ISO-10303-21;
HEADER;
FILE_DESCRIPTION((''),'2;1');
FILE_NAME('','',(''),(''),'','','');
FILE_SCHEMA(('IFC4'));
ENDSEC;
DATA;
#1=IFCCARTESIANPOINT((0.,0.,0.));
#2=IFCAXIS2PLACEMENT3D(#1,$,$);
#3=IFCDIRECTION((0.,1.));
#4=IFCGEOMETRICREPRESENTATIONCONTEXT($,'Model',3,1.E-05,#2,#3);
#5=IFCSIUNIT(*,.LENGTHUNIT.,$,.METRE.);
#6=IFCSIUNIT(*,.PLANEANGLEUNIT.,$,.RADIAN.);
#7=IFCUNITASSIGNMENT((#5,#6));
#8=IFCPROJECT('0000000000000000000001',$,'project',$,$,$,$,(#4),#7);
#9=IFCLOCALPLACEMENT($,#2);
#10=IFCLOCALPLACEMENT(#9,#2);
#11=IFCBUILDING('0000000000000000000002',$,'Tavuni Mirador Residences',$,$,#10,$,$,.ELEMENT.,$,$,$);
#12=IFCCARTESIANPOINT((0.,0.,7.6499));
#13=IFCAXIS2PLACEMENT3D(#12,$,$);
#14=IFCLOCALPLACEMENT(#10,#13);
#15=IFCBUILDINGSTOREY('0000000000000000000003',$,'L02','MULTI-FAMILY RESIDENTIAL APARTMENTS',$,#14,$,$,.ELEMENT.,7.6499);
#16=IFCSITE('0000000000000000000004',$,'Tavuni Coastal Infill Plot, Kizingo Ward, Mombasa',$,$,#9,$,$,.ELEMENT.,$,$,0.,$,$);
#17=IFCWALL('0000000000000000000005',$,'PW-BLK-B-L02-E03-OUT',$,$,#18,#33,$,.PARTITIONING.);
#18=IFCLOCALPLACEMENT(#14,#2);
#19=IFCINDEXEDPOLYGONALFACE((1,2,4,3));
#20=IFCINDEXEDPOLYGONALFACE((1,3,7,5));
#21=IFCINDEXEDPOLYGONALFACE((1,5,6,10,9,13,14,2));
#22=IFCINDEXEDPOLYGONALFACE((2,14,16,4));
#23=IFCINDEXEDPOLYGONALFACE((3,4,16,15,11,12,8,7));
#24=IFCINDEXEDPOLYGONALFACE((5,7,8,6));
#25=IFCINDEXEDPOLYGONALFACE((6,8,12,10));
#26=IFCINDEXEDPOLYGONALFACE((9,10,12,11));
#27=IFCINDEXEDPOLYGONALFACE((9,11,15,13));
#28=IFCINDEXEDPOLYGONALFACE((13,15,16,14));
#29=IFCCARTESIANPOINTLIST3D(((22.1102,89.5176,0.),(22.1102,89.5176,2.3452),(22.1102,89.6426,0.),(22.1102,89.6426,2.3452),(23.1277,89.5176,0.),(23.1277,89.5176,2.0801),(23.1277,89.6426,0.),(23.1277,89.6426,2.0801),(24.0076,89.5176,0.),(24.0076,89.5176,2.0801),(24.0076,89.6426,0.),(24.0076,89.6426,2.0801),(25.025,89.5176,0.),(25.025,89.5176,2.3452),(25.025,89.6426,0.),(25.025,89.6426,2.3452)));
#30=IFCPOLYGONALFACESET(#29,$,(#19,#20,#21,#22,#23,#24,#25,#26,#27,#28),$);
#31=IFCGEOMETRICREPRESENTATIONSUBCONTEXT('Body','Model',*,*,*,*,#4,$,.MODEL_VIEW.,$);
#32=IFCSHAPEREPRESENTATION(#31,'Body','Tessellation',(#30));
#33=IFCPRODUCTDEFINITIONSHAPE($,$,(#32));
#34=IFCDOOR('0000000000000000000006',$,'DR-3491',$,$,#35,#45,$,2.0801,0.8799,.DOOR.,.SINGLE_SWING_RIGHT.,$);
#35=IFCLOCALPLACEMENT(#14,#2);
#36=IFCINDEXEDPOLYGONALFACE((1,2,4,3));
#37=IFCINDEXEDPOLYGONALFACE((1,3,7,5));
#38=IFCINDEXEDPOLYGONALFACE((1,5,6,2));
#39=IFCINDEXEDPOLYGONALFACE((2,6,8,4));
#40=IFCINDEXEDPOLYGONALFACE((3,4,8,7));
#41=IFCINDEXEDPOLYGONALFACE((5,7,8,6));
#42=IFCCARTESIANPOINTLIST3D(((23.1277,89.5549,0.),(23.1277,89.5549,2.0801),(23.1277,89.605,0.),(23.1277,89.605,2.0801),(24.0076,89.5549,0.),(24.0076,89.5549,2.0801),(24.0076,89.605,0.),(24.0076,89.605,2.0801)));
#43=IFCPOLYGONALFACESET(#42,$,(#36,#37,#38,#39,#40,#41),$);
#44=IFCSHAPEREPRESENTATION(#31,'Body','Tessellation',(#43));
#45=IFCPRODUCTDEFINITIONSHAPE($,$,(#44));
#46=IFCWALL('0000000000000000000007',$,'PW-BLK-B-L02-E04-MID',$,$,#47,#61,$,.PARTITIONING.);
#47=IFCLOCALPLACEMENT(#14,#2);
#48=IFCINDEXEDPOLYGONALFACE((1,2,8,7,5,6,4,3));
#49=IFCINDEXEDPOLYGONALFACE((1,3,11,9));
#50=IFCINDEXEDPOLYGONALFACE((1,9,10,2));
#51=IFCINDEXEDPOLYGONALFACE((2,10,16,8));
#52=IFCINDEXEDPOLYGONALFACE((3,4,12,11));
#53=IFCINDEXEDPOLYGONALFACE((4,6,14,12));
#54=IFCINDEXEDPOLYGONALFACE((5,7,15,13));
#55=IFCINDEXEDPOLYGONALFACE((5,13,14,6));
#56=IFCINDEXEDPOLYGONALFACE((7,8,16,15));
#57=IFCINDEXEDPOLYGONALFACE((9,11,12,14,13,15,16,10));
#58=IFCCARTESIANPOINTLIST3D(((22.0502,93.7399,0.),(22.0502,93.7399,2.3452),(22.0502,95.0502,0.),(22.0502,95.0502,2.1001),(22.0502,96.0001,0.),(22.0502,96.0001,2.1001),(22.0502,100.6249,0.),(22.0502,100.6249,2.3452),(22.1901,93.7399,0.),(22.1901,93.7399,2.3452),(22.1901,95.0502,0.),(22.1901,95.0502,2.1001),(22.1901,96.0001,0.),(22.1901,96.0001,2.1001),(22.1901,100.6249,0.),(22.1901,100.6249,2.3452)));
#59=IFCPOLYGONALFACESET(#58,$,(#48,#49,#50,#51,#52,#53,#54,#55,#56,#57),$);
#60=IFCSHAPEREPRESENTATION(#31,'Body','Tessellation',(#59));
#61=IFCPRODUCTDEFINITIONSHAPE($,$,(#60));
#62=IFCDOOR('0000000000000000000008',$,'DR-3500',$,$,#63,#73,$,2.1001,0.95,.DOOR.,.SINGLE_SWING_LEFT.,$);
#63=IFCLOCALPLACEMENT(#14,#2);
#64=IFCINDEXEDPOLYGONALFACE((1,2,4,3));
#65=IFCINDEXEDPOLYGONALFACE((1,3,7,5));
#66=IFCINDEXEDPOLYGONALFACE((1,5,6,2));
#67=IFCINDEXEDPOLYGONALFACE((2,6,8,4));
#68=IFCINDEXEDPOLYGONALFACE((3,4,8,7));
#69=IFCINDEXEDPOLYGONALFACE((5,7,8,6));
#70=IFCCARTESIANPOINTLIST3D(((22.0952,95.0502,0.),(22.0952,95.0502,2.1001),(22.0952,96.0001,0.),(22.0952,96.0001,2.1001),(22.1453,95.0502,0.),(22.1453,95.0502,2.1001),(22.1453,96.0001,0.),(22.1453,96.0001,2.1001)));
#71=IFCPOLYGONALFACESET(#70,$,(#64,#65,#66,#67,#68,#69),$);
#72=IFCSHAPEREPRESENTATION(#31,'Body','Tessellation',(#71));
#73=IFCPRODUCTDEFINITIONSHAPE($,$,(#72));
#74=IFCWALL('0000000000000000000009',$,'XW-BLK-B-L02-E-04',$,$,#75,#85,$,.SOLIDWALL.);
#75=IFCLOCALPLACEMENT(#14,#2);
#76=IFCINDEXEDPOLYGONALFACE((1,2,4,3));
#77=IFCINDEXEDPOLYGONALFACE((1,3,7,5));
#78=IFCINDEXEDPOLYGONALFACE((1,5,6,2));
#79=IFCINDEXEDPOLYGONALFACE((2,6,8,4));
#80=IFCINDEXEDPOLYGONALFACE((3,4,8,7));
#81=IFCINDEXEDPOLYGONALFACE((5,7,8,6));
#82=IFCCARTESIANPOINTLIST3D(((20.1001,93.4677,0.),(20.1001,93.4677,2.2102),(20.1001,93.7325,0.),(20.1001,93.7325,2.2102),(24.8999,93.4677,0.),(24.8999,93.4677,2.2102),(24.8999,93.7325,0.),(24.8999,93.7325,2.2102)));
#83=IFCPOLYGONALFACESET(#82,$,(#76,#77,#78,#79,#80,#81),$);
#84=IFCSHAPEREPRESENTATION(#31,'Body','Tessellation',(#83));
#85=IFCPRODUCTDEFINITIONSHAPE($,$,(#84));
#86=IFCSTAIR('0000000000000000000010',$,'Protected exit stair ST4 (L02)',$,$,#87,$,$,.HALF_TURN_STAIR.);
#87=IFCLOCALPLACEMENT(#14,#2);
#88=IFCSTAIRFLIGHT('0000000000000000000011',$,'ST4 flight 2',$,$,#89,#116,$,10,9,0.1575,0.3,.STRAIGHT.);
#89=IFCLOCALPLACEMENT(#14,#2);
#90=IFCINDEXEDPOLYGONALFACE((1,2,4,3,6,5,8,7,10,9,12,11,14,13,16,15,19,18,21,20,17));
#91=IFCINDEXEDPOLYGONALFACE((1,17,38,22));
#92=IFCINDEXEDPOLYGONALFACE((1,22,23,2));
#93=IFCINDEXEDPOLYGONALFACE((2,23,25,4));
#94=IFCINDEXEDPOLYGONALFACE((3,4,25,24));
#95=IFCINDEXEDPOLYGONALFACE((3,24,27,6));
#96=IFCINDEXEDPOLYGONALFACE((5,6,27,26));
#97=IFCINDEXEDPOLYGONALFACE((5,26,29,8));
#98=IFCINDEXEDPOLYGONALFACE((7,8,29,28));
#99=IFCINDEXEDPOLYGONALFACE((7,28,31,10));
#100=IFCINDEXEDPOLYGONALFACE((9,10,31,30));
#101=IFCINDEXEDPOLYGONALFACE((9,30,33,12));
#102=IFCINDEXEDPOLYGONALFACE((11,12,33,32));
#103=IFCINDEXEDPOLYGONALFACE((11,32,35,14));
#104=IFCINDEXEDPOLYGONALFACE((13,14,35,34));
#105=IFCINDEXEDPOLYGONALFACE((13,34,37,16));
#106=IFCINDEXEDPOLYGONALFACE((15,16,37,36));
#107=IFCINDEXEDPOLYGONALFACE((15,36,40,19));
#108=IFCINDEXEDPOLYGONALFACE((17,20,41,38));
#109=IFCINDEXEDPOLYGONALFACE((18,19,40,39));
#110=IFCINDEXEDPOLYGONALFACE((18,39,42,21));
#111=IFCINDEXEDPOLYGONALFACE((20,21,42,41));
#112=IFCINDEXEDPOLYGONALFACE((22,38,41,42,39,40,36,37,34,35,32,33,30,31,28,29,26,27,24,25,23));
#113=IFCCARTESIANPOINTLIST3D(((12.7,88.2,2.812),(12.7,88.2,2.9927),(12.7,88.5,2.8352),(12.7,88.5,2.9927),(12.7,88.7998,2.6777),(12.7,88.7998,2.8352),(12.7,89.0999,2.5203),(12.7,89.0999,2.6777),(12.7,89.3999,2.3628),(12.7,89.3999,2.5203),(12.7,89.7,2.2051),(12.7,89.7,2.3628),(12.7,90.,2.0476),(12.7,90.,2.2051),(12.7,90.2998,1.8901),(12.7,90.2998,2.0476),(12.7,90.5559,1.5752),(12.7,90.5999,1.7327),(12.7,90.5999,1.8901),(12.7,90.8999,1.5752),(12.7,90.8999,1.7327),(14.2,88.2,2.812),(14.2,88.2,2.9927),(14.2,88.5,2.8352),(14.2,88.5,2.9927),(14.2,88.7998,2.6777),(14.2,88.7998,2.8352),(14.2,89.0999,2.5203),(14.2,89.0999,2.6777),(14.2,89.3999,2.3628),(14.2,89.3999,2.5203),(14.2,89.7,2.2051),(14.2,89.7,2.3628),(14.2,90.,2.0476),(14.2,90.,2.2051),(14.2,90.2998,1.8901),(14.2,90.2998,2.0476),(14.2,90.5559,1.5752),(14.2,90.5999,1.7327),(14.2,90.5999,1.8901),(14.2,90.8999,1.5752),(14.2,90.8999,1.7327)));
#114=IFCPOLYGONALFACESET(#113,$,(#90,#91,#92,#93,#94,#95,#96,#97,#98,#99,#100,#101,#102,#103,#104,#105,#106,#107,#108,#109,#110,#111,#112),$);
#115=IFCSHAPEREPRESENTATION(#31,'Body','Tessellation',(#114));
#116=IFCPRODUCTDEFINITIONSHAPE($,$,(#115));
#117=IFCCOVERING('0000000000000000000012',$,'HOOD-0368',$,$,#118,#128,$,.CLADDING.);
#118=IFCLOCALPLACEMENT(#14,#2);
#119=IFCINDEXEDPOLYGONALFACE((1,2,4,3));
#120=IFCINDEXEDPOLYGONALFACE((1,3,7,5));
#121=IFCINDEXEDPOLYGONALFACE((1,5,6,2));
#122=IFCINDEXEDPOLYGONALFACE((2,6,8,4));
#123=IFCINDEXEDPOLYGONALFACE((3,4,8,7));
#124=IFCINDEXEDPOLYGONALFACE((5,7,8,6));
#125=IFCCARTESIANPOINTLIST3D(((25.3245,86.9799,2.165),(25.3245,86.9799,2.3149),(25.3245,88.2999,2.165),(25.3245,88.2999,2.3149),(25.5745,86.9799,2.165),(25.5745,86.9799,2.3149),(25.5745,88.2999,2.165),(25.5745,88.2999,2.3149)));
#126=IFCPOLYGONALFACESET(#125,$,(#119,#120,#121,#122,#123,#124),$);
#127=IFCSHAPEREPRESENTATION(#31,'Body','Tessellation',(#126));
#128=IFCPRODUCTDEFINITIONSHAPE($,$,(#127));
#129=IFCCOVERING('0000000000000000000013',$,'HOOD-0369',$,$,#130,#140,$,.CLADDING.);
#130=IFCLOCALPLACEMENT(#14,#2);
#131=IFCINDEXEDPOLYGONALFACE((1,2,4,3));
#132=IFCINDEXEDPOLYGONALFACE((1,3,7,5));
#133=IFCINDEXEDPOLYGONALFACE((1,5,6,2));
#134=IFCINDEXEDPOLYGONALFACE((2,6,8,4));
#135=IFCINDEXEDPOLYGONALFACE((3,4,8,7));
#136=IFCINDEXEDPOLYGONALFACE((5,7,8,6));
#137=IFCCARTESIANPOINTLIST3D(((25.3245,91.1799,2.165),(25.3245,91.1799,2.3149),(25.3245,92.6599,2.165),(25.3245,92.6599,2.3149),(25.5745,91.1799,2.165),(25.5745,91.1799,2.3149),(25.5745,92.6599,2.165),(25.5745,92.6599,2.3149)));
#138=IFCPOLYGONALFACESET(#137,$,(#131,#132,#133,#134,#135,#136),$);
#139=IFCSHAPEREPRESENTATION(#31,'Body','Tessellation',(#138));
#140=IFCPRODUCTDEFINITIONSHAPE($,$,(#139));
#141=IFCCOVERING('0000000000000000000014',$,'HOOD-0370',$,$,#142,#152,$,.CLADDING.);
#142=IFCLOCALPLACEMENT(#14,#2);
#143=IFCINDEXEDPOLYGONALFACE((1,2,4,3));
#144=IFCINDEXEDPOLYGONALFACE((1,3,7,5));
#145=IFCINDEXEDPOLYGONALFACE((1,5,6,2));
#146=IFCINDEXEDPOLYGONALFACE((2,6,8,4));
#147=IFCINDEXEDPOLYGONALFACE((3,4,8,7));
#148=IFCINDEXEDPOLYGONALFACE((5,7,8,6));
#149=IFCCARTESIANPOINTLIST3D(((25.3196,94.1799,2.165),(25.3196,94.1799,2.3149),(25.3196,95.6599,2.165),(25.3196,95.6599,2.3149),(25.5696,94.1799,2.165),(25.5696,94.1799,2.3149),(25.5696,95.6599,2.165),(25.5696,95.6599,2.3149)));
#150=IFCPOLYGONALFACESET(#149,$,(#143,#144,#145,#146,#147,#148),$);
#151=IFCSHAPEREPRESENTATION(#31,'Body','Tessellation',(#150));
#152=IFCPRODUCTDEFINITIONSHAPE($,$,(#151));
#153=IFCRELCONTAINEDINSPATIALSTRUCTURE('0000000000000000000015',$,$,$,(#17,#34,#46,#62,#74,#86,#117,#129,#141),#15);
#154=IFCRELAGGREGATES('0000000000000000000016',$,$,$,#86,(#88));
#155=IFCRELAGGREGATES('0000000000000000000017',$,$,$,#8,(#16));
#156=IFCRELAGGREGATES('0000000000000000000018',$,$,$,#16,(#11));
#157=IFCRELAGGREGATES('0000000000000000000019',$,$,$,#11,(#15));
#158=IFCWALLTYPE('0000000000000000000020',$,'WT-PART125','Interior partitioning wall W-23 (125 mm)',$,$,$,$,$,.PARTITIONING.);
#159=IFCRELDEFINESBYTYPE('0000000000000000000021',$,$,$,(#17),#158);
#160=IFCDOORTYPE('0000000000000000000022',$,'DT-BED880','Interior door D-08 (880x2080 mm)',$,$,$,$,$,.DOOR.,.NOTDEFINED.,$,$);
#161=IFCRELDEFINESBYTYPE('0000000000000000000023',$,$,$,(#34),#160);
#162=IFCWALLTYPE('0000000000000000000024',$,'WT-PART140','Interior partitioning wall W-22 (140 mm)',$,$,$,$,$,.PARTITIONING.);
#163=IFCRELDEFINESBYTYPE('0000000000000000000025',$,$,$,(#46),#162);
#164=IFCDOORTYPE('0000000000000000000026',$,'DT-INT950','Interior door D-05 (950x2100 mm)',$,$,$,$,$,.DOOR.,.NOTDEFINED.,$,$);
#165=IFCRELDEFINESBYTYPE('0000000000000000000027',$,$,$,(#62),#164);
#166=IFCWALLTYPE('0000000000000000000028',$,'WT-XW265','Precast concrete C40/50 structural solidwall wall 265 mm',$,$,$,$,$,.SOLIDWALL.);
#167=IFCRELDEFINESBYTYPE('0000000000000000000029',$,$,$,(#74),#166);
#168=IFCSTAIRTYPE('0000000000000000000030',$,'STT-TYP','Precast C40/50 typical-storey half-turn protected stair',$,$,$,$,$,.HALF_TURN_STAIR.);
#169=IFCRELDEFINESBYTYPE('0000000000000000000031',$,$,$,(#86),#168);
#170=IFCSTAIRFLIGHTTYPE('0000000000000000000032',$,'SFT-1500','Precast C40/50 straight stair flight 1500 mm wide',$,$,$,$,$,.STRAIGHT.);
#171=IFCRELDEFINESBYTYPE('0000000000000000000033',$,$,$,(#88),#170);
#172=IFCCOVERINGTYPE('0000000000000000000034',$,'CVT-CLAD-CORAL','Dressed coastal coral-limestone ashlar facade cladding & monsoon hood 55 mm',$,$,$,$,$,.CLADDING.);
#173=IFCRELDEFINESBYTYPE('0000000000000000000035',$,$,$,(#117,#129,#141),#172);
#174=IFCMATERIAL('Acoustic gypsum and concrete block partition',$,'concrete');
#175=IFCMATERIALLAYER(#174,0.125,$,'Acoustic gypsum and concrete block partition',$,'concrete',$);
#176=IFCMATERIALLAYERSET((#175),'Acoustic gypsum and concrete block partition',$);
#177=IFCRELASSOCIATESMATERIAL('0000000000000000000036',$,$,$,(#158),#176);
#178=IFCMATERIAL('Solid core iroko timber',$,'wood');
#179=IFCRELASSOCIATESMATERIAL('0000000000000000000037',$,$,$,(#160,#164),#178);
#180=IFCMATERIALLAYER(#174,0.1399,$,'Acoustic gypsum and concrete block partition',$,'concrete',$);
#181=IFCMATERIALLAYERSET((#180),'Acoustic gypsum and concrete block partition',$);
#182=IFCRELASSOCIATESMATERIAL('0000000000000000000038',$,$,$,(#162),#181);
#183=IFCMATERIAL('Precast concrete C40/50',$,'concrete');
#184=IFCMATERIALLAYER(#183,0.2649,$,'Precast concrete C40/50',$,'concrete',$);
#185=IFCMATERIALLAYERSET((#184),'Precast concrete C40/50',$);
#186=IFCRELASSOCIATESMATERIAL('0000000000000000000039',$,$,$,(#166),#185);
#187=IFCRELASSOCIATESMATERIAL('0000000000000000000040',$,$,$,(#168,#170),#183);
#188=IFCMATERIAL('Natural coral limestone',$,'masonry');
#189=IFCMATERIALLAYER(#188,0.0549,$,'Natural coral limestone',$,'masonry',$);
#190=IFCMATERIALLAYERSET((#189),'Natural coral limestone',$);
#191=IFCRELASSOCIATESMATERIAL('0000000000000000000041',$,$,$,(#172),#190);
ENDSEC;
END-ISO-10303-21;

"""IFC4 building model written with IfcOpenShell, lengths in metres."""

from ifc_helpers import new_model, si_unit, direction, frame, frame_2d, origin, origin_2d, place, context, subcontext, project, spatial, polyline, rectangle, outline, extrude, material, layer, layer_set, type_object, element, fill, aggregate, save


model = new_model("IFC4")

# Units and contexts
model_context = context("Model", 3, precision=1e-05, world=origin(), true_north=direction((0.0, 1.0)))
body_context = subcontext(model_context, "Body", "Model", "MODEL_VIEW")
ifc_project = project(units=[si_unit("LENGTHUNIT", "METRE"), si_unit("PLANEANGLEUNIT", "RADIAN")], contexts=[model_context])

# Site, building, storey
site_placement = place(None, origin())
site = spatial("IfcSite", under=ifc_project, at=site_placement, Name="Tavuni Coastal Infill Plot, Kizingo Ward, Mombasa", CompositionType="ELEMENT", RefElevation=0.0)
building_placement = place(site_placement, origin())
building = spatial("IfcBuilding", under=site, at=building_placement, Name="Tavuni Mirador Residences", CompositionType="ELEMENT")
storey_placement = place(building_placement, frame((0.0, 0.0, 7.6499)))
storey = spatial("IfcBuildingStorey", under=building, at=storey_placement, Name="L02", Description="MULTI-FAMILY RESIDENTIAL APARTMENTS", CompositionType="ELEMENT", Elevation=7.6499)

# Shared definitions
ifc_material_1 = material(Name="Precast concrete C40/50", Category="concrete")

# Shared definitions
ifc_material_2 = material(Name="Solid core iroko timber", Category="wood")

# Walls, openings, doors
ifc_material_3 = material(Name="Acoustic gypsum and concrete block partition", Category="concrete")
ifc_layer_1 = layer(ifc_material_3, 0.125, Name="Acoustic gypsum and concrete block partition", Category="concrete")
ifc_layer_set_1 = layer_set([ifc_layer_1], Name="Acoustic gypsum and concrete block partition")
wall_type_1 = type_object("IfcWallType", Name="WT-PART125", Description="Interior partitioning wall W-23 (125 mm)", PredefinedType="PARTITIONING", material=ifc_layer_set_1)
wall_1_placement = place(storey_placement, frame((22.1101, 89.5801, 0.0), z_axis=(0.0, 0.0, 1.0), x_axis=(1.0, 0.0, 0.0)))
wall_1 = element("IfcWall", 1, at=wall_1_placement, inside=storey, type_object=wall_type_1, Name="PW-BLK-B-L02-E03-OUT", PredefinedType="PARTITIONING", context=body_context, shape_type="SweptSolid", body=[
    extrude(rectangle(XDim=2.9148, YDim=0.125, at=frame_2d((1.4575, 0.0))), origin(), (0.0, 0.0, 1.0), 2.3452),
])
opening_1_placement = place(wall_1_placement, frame((1.0176, 0.0, 0.0)))
opening_1 = element("IfcOpeningElement", 2, at=opening_1_placement, cuts=wall_1, PredefinedType="OPENING", context=body_context, shape_type="SweptSolid", body=[
    extrude(rectangle(XDim=0.8799, YDim=2.0801, at=frame_2d((0.4399, 1.04))), frame((0.0, 0.0725, 0.0), z_axis=(0.0, -1.0, 0.0), x_axis=(1.0, 0.0, 0.0)), (0.0, 0.0, 1.0), 0.145),
])
door_type_1 = type_object("IfcDoorType", Name="DT-BED880", Description="Interior door D-08 (880x2080 mm)", OperationType="NOTDEFINED", PredefinedType="DOOR", material=ifc_material_2)
door_1_placement = place(opening_1_placement, origin())
door_1 = element("IfcDoor", 3, at=door_1_placement, inside=storey, type_object=door_type_1, Name="DR-3491", OperationType="SINGLE_SWING_RIGHT", OverallHeight=2.0801, OverallWidth=0.8799, PredefinedType="DOOR", context=body_context, shape_type="SweptSolid", body=[
    extrude(rectangle(XDim=0.8799, YDim=2.0801, at=frame_2d((0.4399, 1.04))), frame((0.0, 0.0249, 0.0), z_axis=(0.0, -1.0, 0.0), x_axis=(1.0, 0.0, 0.0)), (0.0, 0.0, 1.0), 0.05),
])
fill(opening_1, door_1)
ifc_layer_2 = layer(ifc_material_3, 0.1399, Name="Acoustic gypsum and concrete block partition", Category="concrete")
ifc_layer_set_2 = layer_set([ifc_layer_2], Name="Acoustic gypsum and concrete block partition")
wall_type_2 = type_object("IfcWallType", Name="WT-PART140", Description="Interior partitioning wall W-22 (140 mm)", PredefinedType="PARTITIONING", material=ifc_layer_set_2)
wall_2_placement = place(storey_placement, frame((22.1201, 93.74, 0.0), z_axis=(0.0, 0.0, 1.0), x_axis=(0.0, 1.0, 0.0)))
wall_2 = element("IfcWall", 4, at=wall_2_placement, inside=storey, type_object=wall_type_2, Name="PW-BLK-B-L02-E04-MID", PredefinedType="PARTITIONING", context=body_context, shape_type="SweptSolid", body=[
    extrude(rectangle(XDim=6.885, YDim=0.1399, at=frame_2d((3.4424, 0.0))), origin(), (0.0, 0.0, 1.0), 2.3452),
])
opening_2_placement = place(wall_2_placement, frame((1.3101, 0.0, 0.0)))
opening_2 = element("IfcOpeningElement", 5, at=opening_2_placement, cuts=wall_2, PredefinedType="OPENING", context=body_context, shape_type="SweptSolid", body=[
    extrude(rectangle(XDim=0.95, YDim=2.1001, at=frame_2d((0.4751, 1.05))), frame((0.0, 0.0801, 0.0), z_axis=(0.0, -1.0, 0.0), x_axis=(1.0, 0.0, 0.0)), (0.0, 0.0, 1.0), 0.1599),
])
door_type_2 = type_object("IfcDoorType", Name="DT-INT950", Description="Interior door D-05 (950x2100 mm)", OperationType="NOTDEFINED", PredefinedType="DOOR", material=ifc_material_2)
door_2_placement = place(opening_2_placement, origin())
door_2 = element("IfcDoor", 6, at=door_2_placement, inside=storey, type_object=door_type_2, Name="DR-3500", OperationType="SINGLE_SWING_LEFT", OverallHeight=2.1001, OverallWidth=0.95, PredefinedType="DOOR", context=body_context, shape_type="SweptSolid", body=[
    extrude(rectangle(XDim=0.95, YDim=2.1001, at=frame_2d((0.4751, 1.05))), frame((0.0, 0.0249, 0.0), z_axis=(0.0, -1.0, 0.0), x_axis=(1.0, 0.0, 0.0)), (0.0, 0.0, 1.0), 0.05),
])
fill(opening_2, door_2)

# Wall
ifc_layer_3 = layer(ifc_material_1, 0.2649, Name="Precast concrete C40/50", Category="concrete")
ifc_layer_set_3 = layer_set([ifc_layer_3], Name="Precast concrete C40/50")
wall_type_3 = type_object("IfcWallType", Name="WT-XW265", Description="Precast concrete C40/50 structural solidwall wall 265 mm", PredefinedType="SOLIDWALL", material=ifc_layer_set_3)
wall_3_placement = place(storey_placement, frame((20.1001, 93.6001, 0.0), z_axis=(0.0, 0.0, 1.0), x_axis=(1.0, 0.0, 0.0)))
element("IfcWall", 7, at=wall_3_placement, inside=storey, type_object=wall_type_3, Name="XW-BLK-B-L02-E-04", PredefinedType="SOLIDWALL", context=body_context, shape_type="SweptSolid", body=[
    extrude(rectangle(XDim=4.7998, YDim=0.2649, at=frame_2d((2.3999, 0.0))), origin(), (0.0, 0.0, 1.0), 2.2102),
])

# Stair, stair flight
stair_type = type_object("IfcStairType", Name="STT-TYP", Description="Precast C40/50 typical-storey half-turn protected stair", PredefinedType="HALF_TURN_STAIR", material=ifc_material_1)
stair_placement = place(storey_placement, origin())
stair = element("IfcStair", 8, at=stair_placement, inside=storey, type_object=stair_type, Name="Protected exit stair ST4 (L02)", PredefinedType="HALF_TURN_STAIR")
stair_flight_type = type_object("IfcStairFlightType", Name="SFT-1500", Description="Precast C40/50 straight stair flight 1500 mm wide", PredefinedType="STRAIGHT", material=ifc_material_1)
stair_flight_placement = place(storey_placement, frame((13.45, 90.8999, 1.5752), z_axis=(0.0, 0.0, 1.0), x_axis=(0.0, -1.0, 0.0)))
stair_flight = element("IfcStairFlight", 9, at=stair_flight_placement, type_object=stair_flight_type, Name="ST4 flight 2", NumberOfRisers=10, NumberOfTreads=9, PredefinedType="STRAIGHT", RiserHeight=0.1575, TreadLength=0.3, context=body_context, shape_type="SweptSolid", body=[
    extrude(outline(polyline([(0.0, 0.0), (0.0, 0.1575), (0.3, 0.1575), (0.3, 0.3149), (0.6001, 0.3149), (0.6001, 0.4724), (0.8999, 0.4724), (0.8999, 0.6299), (1.2, 0.6299), (1.2, 0.7876), (1.5, 0.7876), (1.5, 0.9451), (1.8, 0.9451), (1.8, 1.1025), (2.1001, 1.1025), (2.1001, 1.26), (2.3999, 1.26), (2.3999, 1.4175), (2.7, 1.4175), (2.7, 1.575), (2.7, 1.2368), (0.344, 0.0), (0.0, 0.0)])), frame((0.0, 0.75, 0.0), z_axis=(0.0, -1.0, 0.0), x_axis=(1.0, 0.0, 0.0)), (0.0, 0.0, 1.0), 1.5),
])
aggregate(stair, [stair_flight])

# Coverings
ifc_material_4 = material(Name="Natural coral limestone", Category="masonry")
ifc_layer_4 = layer(ifc_material_4, 0.0549, Name="Natural coral limestone", Category="masonry")
ifc_layer_set_4 = layer_set([ifc_layer_4], Name="Natural coral limestone")
covering_type = type_object("IfcCoveringType", Name="CVT-CLAD-CORAL", Description="Dressed coastal coral-limestone ashlar facade cladding & monsoon hood 55 mm", PredefinedType="CLADDING", material=ifc_layer_set_4)
covering_placement = place(storey_placement, frame((25.4495, 87.6399, 2.165), z_axis=(0.0, 0.0, 1.0), x_axis=(0.0, 1.0, 0.0)))
element("IfcCovering", 10, at=covering_placement, inside=storey, type_object=covering_type, Name="HOOD-0368", PredefinedType="CLADDING", context=body_context, shape_type="SweptSolid", body=[
    extrude(rectangle(XDim=1.3201, YDim=0.25, at=origin_2d()), origin(), (0.0, 0.0, 1.0), 0.1499),
])
for number, where, z_axis, x_axis, name in (
    (11, (25.4495, 91.9199, 2.165), (0.0, 0.0, 1.0), (0.0, 1.0, 0.0), "HOOD-0369"),
    (12, (25.4446, 94.9199, 2.165), (0.0, 0.0, 1.0), (0.0, 1.0, 0.0), "HOOD-0370"),
):
    element("IfcCovering", number, at=place(storey_placement, frame(where, z_axis=z_axis, x_axis=x_axis)), inside=storey, type_object=covering_type, Name=name, PredefinedType="CLADDING", context=body_context, shape_type="SweptSolid", body=[
        extrude(rectangle(XDim=1.48, YDim=0.25, at=origin_2d()), origin(), (0.0, 0.0, 1.0), 0.1499),
    ])

save(model, "model.ifc")
